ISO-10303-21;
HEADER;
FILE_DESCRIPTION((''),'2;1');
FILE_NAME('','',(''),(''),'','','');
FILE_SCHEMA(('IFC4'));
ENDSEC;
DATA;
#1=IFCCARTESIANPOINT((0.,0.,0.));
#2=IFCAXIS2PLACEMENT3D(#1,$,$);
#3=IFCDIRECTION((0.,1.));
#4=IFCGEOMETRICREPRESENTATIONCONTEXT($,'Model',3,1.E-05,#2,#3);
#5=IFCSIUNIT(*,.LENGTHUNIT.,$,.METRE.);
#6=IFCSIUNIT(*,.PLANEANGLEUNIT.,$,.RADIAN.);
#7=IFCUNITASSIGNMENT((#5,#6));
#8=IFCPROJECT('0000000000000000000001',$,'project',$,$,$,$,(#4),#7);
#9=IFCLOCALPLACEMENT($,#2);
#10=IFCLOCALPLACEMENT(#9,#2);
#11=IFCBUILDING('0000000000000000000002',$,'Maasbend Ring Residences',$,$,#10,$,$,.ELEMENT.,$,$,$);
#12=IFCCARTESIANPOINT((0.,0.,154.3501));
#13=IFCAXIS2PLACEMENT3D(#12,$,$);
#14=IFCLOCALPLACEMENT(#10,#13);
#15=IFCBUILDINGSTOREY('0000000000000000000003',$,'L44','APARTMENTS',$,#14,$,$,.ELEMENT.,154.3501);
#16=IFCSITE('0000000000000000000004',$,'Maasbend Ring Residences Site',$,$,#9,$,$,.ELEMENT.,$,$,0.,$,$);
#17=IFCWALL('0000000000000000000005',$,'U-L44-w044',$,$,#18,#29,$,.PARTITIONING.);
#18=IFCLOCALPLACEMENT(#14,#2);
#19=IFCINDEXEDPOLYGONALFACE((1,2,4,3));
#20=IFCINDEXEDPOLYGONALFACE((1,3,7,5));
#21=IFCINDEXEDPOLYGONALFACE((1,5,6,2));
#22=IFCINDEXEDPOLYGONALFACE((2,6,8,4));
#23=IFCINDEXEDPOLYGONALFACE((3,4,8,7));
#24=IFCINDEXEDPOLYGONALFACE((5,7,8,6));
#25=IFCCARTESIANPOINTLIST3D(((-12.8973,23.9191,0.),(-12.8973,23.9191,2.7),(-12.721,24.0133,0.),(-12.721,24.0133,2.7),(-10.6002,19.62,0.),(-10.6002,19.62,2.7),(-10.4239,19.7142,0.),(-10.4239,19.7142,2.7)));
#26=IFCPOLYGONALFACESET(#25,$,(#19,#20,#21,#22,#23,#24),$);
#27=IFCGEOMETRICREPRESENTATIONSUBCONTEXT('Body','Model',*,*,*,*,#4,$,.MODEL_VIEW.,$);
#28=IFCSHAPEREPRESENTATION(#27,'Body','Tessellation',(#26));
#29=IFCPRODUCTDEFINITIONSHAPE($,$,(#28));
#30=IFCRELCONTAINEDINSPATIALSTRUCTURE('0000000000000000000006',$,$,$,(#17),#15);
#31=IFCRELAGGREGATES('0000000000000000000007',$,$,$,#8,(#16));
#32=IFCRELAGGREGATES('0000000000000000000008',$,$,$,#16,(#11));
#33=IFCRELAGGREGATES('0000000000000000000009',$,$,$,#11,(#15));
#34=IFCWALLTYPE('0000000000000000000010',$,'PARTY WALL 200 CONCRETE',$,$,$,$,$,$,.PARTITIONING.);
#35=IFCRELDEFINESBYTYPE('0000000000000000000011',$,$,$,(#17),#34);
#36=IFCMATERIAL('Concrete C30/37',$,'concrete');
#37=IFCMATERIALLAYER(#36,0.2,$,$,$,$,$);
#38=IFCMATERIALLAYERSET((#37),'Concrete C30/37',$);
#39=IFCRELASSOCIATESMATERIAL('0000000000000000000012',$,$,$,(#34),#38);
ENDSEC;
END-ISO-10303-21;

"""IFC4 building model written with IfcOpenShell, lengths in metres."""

from ifc_helpers import new_model, si_unit, direction, frame, frame_2d, origin, place, context, subcontext, project, spatial, rectangle, extrude, material, layer, layer_set, type_object, element, save


model = new_model("IFC4")

# Units and contexts
model_context = context("Model", 3, precision=1e-05, world=origin(), true_north=direction((0.0, 1.0)))
body_context = subcontext(model_context, "Body", "Model", "MODEL_VIEW")
ifc_project = project(units=[si_unit("LENGTHUNIT", "METRE"), si_unit("PLANEANGLEUNIT", "RADIAN")], contexts=[model_context])

# Site, building, storey
site_placement = place(None, origin())
site = spatial("IfcSite", under=ifc_project, at=site_placement, Name="Maasbend Ring Residences Site", CompositionType="ELEMENT", RefElevation=0.0)
building_placement = place(site_placement, origin())
building = spatial("IfcBuilding", under=site, at=building_placement, Name="Maasbend Ring Residences", CompositionType="ELEMENT")
storey_placement = place(building_placement, frame((0.0, 0.0, 154.3501)))
storey = spatial("IfcBuildingStorey", under=building, at=storey_placement, Name="L44", Description="APARTMENTS", CompositionType="ELEMENT", Elevation=154.3501)

# Wall
ifc_material_1 = material(Name="Concrete C30/37", Category="concrete")
ifc_layer_1 = layer(ifc_material_1, 0.2)
ifc_layer_set_1 = layer_set([ifc_layer_1], Name="Concrete C30/37")
wall_type_1 = type_object("IfcWallType", Name="PARTY WALL 200 CONCRETE", PredefinedType="PARTITIONING", material=ifc_layer_set_1)
wall_1_placement = place(storey_placement, frame((-12.8091, 23.9661, 0.0), z_axis=(0.0, 0.0, 1.0), x_axis=(0.471272, -0.881988, 0.0)))
element("IfcWall", 1, at=wall_1_placement, inside=storey, type_object=wall_type_1, Name="U-L44-w044", PredefinedType="PARTITIONING", context=body_context, shape_type="SweptSolid", body=[
    extrude(rectangle(XDim=4.8743, YDim=0.2, at=frame_2d((2.437, 0.0))), origin(), (0.0, 0.0, 1.0), 2.7),
])

save(model, "model.ifc")
